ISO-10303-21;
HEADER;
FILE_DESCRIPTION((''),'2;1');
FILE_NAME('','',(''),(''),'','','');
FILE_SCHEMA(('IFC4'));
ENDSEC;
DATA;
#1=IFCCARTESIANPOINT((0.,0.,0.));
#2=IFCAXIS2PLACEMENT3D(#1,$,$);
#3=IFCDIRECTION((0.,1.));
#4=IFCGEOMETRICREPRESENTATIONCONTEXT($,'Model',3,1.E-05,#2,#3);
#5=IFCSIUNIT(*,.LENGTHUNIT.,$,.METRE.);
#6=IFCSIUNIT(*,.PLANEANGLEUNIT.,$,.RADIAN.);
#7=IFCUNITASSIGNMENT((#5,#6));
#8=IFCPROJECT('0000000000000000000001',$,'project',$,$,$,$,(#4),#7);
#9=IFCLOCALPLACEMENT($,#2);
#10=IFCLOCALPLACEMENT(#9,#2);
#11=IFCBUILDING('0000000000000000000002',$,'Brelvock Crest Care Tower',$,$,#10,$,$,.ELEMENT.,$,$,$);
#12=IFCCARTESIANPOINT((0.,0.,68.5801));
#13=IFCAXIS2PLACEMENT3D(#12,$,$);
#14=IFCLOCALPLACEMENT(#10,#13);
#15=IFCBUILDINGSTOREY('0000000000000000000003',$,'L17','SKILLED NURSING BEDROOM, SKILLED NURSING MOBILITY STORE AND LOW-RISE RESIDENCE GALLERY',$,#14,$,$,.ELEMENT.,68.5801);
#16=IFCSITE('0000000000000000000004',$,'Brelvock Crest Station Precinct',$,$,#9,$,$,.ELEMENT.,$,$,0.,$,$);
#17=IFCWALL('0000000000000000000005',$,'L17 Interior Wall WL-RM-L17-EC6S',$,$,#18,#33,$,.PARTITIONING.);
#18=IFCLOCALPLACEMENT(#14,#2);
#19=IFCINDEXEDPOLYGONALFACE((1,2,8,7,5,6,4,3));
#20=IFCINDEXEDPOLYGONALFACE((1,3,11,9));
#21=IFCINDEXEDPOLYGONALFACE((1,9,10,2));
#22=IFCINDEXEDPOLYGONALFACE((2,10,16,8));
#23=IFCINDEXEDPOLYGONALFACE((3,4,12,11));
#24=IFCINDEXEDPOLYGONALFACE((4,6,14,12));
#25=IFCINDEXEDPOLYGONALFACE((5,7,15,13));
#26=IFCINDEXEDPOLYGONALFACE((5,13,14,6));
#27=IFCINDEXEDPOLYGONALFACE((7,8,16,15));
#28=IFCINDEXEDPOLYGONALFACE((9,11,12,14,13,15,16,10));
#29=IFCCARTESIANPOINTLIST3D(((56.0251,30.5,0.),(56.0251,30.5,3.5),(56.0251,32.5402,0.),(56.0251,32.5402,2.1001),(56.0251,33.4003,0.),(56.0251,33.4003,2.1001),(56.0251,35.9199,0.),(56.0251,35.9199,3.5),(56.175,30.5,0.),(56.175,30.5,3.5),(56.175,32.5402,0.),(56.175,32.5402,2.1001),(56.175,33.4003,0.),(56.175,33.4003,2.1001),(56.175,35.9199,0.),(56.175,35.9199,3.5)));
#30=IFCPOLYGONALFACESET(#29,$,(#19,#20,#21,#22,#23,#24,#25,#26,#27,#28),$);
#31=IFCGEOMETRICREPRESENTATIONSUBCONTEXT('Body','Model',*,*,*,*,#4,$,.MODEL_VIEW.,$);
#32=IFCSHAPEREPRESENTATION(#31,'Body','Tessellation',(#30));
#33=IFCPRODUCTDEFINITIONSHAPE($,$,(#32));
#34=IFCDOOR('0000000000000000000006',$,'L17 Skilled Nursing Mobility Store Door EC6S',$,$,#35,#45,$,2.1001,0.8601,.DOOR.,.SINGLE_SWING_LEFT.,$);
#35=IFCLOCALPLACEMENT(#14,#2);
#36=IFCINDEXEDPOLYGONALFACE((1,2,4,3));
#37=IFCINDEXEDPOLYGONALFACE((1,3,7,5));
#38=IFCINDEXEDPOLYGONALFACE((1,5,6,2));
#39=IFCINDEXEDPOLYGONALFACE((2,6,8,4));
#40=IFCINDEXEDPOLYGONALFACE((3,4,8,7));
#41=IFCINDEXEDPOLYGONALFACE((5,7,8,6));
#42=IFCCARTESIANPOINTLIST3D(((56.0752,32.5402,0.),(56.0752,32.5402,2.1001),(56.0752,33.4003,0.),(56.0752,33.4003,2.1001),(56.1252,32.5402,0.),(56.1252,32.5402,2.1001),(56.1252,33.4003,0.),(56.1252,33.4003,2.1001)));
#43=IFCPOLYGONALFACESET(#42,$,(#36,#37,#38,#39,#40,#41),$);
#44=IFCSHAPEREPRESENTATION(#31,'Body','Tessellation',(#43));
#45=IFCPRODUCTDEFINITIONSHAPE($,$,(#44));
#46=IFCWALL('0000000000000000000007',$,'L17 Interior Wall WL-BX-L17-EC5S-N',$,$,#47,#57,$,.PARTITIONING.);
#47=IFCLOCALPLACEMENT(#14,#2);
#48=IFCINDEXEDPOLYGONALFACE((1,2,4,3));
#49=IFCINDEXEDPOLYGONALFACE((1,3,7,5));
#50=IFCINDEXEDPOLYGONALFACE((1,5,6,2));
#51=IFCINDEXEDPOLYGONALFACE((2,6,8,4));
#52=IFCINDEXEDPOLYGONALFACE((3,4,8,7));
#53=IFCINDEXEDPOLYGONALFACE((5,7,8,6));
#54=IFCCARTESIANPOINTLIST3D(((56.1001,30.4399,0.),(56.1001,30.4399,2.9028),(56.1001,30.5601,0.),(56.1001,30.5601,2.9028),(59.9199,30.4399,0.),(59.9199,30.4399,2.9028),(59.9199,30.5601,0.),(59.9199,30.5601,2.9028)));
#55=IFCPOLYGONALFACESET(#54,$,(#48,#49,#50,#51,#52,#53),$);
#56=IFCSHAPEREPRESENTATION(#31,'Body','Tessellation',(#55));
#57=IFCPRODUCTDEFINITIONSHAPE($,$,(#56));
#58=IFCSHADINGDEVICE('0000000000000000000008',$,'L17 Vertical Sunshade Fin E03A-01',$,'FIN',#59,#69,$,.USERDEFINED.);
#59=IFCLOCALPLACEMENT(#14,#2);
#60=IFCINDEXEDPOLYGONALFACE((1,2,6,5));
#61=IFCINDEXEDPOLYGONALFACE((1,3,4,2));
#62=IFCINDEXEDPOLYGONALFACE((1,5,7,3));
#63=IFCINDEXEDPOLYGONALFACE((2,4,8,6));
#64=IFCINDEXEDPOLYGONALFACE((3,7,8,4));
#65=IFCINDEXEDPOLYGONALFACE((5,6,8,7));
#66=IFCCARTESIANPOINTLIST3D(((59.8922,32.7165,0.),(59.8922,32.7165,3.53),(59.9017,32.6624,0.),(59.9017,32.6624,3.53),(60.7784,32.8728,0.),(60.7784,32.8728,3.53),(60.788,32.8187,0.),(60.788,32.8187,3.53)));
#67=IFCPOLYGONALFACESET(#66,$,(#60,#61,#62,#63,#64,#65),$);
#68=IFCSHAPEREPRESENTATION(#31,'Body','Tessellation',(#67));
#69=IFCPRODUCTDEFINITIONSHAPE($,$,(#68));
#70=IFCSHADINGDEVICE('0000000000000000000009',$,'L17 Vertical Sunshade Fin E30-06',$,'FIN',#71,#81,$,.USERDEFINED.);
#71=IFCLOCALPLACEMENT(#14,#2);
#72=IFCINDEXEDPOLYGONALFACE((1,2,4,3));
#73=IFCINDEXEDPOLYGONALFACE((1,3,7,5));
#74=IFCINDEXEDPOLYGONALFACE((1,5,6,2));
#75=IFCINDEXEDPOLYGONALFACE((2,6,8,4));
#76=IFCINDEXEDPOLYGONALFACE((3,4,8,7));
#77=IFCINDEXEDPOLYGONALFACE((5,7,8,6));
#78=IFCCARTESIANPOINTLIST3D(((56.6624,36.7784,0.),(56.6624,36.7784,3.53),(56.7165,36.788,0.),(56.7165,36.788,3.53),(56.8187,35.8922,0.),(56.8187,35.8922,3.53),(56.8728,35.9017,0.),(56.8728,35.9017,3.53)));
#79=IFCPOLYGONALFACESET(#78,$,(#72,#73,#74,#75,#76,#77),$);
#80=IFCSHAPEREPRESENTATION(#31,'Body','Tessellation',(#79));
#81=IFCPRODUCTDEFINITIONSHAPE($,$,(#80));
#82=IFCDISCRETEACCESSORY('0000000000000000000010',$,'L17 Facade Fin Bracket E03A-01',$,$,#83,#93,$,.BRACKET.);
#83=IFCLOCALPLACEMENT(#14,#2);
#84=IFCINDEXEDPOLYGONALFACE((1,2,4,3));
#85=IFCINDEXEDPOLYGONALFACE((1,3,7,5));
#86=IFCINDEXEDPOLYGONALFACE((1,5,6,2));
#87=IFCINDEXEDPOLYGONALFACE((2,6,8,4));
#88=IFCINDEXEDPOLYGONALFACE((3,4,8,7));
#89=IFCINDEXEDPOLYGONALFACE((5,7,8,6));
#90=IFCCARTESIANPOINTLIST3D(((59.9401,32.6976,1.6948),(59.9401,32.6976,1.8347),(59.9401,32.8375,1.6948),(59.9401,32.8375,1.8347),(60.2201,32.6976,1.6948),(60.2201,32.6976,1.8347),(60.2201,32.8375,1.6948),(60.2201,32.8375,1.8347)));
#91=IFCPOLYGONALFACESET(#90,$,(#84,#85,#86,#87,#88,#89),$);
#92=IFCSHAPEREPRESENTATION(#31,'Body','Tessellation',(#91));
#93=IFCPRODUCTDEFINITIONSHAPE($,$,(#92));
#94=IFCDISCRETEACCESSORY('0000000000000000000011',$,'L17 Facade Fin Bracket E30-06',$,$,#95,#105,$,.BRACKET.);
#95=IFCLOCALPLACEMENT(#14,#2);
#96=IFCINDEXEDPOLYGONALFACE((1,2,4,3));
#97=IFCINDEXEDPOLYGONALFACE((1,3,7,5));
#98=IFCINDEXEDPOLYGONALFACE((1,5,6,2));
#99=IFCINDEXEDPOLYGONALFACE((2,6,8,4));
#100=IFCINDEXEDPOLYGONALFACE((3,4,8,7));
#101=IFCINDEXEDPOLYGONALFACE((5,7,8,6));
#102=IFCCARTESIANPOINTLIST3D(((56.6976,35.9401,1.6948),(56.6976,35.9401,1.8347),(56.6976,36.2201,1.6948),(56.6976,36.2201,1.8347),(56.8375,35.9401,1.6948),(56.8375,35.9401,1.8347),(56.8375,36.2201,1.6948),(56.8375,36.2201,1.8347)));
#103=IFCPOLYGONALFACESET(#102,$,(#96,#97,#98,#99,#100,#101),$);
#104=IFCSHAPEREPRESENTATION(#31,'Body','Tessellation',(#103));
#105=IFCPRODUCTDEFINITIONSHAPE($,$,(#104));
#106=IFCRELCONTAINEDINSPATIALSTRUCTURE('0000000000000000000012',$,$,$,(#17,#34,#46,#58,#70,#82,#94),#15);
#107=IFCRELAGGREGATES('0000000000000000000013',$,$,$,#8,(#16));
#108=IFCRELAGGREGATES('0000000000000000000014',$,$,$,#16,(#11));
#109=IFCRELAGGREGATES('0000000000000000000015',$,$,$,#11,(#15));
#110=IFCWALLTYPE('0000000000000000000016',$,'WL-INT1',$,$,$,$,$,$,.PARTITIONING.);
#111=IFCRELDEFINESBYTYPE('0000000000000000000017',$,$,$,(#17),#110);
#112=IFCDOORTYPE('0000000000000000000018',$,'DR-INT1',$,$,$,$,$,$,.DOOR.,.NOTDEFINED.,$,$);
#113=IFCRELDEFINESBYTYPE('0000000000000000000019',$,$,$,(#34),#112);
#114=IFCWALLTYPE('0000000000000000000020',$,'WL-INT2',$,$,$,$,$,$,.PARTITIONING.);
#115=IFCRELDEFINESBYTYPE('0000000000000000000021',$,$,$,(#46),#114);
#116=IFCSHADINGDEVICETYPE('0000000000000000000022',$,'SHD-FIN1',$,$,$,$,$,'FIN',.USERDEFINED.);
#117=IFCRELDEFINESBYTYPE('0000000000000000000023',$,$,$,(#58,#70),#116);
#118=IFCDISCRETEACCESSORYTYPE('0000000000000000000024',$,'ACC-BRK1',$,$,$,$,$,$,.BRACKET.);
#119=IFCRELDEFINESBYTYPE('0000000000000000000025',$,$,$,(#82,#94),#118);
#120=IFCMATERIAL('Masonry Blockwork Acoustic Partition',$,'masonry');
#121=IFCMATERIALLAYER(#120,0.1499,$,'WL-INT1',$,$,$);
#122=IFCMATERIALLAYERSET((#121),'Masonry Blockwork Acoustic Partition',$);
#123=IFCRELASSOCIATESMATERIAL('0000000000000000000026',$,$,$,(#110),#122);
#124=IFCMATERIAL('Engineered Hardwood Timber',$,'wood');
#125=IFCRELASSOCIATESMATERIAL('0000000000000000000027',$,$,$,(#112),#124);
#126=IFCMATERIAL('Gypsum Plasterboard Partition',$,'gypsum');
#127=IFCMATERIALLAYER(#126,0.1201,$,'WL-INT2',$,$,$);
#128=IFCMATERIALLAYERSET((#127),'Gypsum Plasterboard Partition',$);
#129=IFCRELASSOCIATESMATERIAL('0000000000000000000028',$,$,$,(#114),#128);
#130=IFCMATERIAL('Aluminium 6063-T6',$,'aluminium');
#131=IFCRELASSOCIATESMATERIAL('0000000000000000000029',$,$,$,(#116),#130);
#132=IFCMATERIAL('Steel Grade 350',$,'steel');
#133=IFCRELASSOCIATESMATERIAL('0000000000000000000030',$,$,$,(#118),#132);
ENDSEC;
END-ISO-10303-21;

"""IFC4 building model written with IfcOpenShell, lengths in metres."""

from ifc_helpers import new_model, si_unit, direction, frame, frame_2d, origin, origin_2d, place, context, subcontext, project, spatial, rectangle, extrude, source, transform, mapped, material, layer, layer_set, material_profile, profile_set, type_object, element, fill, save


model = new_model("IFC4")

# Units and contexts
model_context = context("Model", 3, precision=1e-05, world=origin(), true_north=direction((0.0, 1.0)))
body_context = subcontext(model_context, "Body", "Model", "MODEL_VIEW")
ifc_project = project(units=[si_unit("LENGTHUNIT", "METRE"), si_unit("PLANEANGLEUNIT", "RADIAN")], contexts=[model_context])

# Site, building, storey
site_placement = place(None, origin())
site = spatial("IfcSite", under=ifc_project, at=site_placement, Name="Brelvock Crest Station Precinct", CompositionType="ELEMENT", RefElevation=0.0)
building_placement = place(site_placement, origin())
building = spatial("IfcBuilding", under=site, at=building_placement, Name="Brelvock Crest Care Tower", CompositionType="ELEMENT")
storey_placement = place(building_placement, frame((0.0, 0.0, 68.5801)))
storey = spatial("IfcBuildingStorey", under=building, at=storey_placement, Name="L17", Description="SKILLED NURSING BEDROOM, SKILLED NURSING MOBILITY STORE AND LOW-RISE RESIDENCE GALLERY", CompositionType="ELEMENT", Elevation=68.5801)

# Shared definitions
ifc_material_1 = material(Name="Aluminium 6063-T6", Category="aluminium")

# Wall, opening, door
ifc_material_2 = material(Name="Masonry Blockwork Acoustic Partition", Category="masonry")
ifc_layer_1 = layer(ifc_material_2, 0.1499, Name="WL-INT1")
ifc_layer_set_1 = layer_set([ifc_layer_1], Name="Masonry Blockwork Acoustic Partition")
wall_type_1 = type_object("IfcWallType", Name="WL-INT1", PredefinedType="PARTITIONING", material=ifc_layer_set_1)
wall_1_placement = place(storey_placement, frame((56.1001, 30.5, 0.0), z_axis=(0.0, 0.0, 1.0), x_axis=(0.0, 1.0, 0.0)))
wall_1 = element("IfcWall", 1, at=wall_1_placement, inside=storey, type_object=wall_type_1, Name="L17 Interior Wall WL-RM-L17-EC6S", PredefinedType="PARTITIONING", context=body_context, shape_type="SweptSolid", body=[
    extrude(rectangle(XDim=5.4199, YDim=0.1499, at=frame_2d((2.71, 0.0))), origin(), (0.0, 0.0, 1.0), 3.5),
])
opening_placement = place(wall_1_placement, frame((2.04, 0.0, 0.0)))
opening = element("IfcOpeningElement", 2, at=opening_placement, cuts=wall_1, PredefinedType="OPENING", context=body_context, shape_type="SweptSolid", body=[
    extrude(rectangle(XDim=0.8601, YDim=2.1001, at=origin_2d()), frame((0.4302, 0.085, 1.05), z_axis=(0.0, -1.0, 0.0), x_axis=(1.0, 0.0, 0.0)), (0.0, 0.0, 1.0), 0.1699),
])
ifc_material_3 = material(Name="Engineered Hardwood Timber", Category="wood")
door_type = type_object("IfcDoorType", Name="DR-INT1", OperationType="NOTDEFINED", PredefinedType="DOOR", material=ifc_material_3)
shared_shape_1 = source(origin(), body_context, "Body", "SweptSolid", [
    extrude(rectangle(XDim=0.8601, YDim=2.1001, at=origin_2d()), frame((0.4302, 0.0249, 1.05), z_axis=(0.0, -1.0, 0.0), x_axis=(1.0, 0.0, 0.0)), (0.0, 0.0, 1.0), 0.05),
])
door_placement = place(opening_placement, origin())
door = element("IfcDoor", 3, at=door_placement, inside=storey, type_object=door_type, Name="L17 Skilled Nursing Mobility Store Door EC6S", OperationType="SINGLE_SWING_LEFT", OverallHeight=2.1001, OverallWidth=0.8601, PredefinedType="DOOR", context=body_context, shape_type="MappedRepresentation", body=[
    mapped(shared_shape_1, transform((0.0, 0.0, 0.0), x_axis=(1.0, 0.0, 0.0), y_axis=(0.0, 1.0, 0.0), z_axis=(0.0, 0.0, 1.0), scale=1.0)),
])
fill(opening, door)

# Wall
ifc_material_4 = material(Name="Gypsum Plasterboard Partition", Category="gypsum")
ifc_layer_2 = layer(ifc_material_4, 0.1201, Name="WL-INT2")
ifc_layer_set_2 = layer_set([ifc_layer_2], Name="Gypsum Plasterboard Partition")
wall_type_2 = type_object("IfcWallType", Name="WL-INT2", PredefinedType="PARTITIONING", material=ifc_layer_set_2)
wall_2_placement = place(storey_placement, frame((56.1001, 30.5, 0.0), z_axis=(0.0, 0.0, 1.0), x_axis=(1.0, 0.0, 0.0)))
element("IfcWall", 4, at=wall_2_placement, inside=storey, type_object=wall_type_2, Name="L17 Interior Wall WL-BX-L17-EC5S-N", PredefinedType="PARTITIONING", context=body_context, shape_type="SweptSolid", body=[
    extrude(rectangle(XDim=3.8198, YDim=0.1201, at=frame_2d((1.9099, 0.0))), origin(), (0.0, 0.0, 1.0), 2.9028),
])

# Shading devices
ifc_material_profile_1 = material_profile(ifc_material_1, rectangle(XDim=0.0549, YDim=0.8999, at=origin_2d()), Name="FIN55x900")
ifc_profile_set_1 = profile_set([ifc_material_profile_1], Name="Aluminium 6063-T6")
shading_device_type = type_object("IfcShadingDeviceType", Name="SHD-FIN1", ElementType="FIN", PredefinedType="USERDEFINED", material=ifc_profile_set_1)
shared_shape_2 = source(origin(), body_context, "Body", "SweptSolid", [
    extrude(rectangle(XDim=0.0549, YDim=0.8999, at=origin_2d()), origin(), (0.0, 0.0, 1.0), 3.53),
])
for number, where, z_axis, x_axis, name in (
    (5, (60.3401, 32.7676, 0.0), (0.0, 0.0, 1.0), (0.173648, -0.984808, 0.0), "L17 Vertical Sunshade Fin E03A-01"),
    (6, (56.7676, 36.3401, 0.0), (0.0, 0.0, 1.0), (0.984808, 0.173648, 0.0), "L17 Vertical Sunshade Fin E30-06"),
):
    element("IfcShadingDevice", number, at=place(storey_placement, frame(where, z_axis=z_axis, x_axis=x_axis)), inside=storey, type_object=shading_device_type, Name=name, ObjectType="FIN", PredefinedType="USERDEFINED", context=body_context, shape_type="MappedRepresentation", body=[
        mapped(shared_shape_2, transform((0.0, 0.0, 0.0), x_axis=(1.0, 0.0, 0.0), y_axis=(0.0, 1.0, 0.0), z_axis=(0.0, 0.0, 1.0), scale=1.0)),
    ])

# Discrete accessories
ifc_material_5 = material(Name="Steel Grade 350", Category="steel")
discrete_accessory_type = type_object("IfcDiscreteAccessoryType", Name="ACC-BRK1", PredefinedType="BRACKET", material=ifc_material_5)
shared_shape_3 = source(origin(), body_context, "Body", "SweptSolid", [
    extrude(rectangle(XDim=0.28, YDim=0.1399, at=origin_2d()), origin(), (0.0, 0.0, 1.0), 0.1399),
])
for number, where, z_axis, x_axis, name in (
    (7, (60.0801, 32.7676, 1.6948), (0.0, 0.0, 1.0), (1.0, 0.0, 0.0), "L17 Facade Fin Bracket E03A-01"),
    (8, (56.7676, 36.0801, 1.6948), (0.0, 0.0, 1.0), (0.0, 1.0, 0.0), "L17 Facade Fin Bracket E30-06"),
):
    element("IfcDiscreteAccessory", number, at=place(storey_placement, frame(where, z_axis=z_axis, x_axis=x_axis)), inside=storey, type_object=discrete_accessory_type, Name=name, PredefinedType="BRACKET", context=body_context, shape_type="MappedRepresentation", body=[
        mapped(shared_shape_3, transform((0.0, 0.0, 0.0), x_axis=(1.0, 0.0, 0.0), y_axis=(0.0, 1.0, 0.0), z_axis=(0.0, 0.0, 1.0), scale=1.0)),
    ])

save(model, "model.ifc")
